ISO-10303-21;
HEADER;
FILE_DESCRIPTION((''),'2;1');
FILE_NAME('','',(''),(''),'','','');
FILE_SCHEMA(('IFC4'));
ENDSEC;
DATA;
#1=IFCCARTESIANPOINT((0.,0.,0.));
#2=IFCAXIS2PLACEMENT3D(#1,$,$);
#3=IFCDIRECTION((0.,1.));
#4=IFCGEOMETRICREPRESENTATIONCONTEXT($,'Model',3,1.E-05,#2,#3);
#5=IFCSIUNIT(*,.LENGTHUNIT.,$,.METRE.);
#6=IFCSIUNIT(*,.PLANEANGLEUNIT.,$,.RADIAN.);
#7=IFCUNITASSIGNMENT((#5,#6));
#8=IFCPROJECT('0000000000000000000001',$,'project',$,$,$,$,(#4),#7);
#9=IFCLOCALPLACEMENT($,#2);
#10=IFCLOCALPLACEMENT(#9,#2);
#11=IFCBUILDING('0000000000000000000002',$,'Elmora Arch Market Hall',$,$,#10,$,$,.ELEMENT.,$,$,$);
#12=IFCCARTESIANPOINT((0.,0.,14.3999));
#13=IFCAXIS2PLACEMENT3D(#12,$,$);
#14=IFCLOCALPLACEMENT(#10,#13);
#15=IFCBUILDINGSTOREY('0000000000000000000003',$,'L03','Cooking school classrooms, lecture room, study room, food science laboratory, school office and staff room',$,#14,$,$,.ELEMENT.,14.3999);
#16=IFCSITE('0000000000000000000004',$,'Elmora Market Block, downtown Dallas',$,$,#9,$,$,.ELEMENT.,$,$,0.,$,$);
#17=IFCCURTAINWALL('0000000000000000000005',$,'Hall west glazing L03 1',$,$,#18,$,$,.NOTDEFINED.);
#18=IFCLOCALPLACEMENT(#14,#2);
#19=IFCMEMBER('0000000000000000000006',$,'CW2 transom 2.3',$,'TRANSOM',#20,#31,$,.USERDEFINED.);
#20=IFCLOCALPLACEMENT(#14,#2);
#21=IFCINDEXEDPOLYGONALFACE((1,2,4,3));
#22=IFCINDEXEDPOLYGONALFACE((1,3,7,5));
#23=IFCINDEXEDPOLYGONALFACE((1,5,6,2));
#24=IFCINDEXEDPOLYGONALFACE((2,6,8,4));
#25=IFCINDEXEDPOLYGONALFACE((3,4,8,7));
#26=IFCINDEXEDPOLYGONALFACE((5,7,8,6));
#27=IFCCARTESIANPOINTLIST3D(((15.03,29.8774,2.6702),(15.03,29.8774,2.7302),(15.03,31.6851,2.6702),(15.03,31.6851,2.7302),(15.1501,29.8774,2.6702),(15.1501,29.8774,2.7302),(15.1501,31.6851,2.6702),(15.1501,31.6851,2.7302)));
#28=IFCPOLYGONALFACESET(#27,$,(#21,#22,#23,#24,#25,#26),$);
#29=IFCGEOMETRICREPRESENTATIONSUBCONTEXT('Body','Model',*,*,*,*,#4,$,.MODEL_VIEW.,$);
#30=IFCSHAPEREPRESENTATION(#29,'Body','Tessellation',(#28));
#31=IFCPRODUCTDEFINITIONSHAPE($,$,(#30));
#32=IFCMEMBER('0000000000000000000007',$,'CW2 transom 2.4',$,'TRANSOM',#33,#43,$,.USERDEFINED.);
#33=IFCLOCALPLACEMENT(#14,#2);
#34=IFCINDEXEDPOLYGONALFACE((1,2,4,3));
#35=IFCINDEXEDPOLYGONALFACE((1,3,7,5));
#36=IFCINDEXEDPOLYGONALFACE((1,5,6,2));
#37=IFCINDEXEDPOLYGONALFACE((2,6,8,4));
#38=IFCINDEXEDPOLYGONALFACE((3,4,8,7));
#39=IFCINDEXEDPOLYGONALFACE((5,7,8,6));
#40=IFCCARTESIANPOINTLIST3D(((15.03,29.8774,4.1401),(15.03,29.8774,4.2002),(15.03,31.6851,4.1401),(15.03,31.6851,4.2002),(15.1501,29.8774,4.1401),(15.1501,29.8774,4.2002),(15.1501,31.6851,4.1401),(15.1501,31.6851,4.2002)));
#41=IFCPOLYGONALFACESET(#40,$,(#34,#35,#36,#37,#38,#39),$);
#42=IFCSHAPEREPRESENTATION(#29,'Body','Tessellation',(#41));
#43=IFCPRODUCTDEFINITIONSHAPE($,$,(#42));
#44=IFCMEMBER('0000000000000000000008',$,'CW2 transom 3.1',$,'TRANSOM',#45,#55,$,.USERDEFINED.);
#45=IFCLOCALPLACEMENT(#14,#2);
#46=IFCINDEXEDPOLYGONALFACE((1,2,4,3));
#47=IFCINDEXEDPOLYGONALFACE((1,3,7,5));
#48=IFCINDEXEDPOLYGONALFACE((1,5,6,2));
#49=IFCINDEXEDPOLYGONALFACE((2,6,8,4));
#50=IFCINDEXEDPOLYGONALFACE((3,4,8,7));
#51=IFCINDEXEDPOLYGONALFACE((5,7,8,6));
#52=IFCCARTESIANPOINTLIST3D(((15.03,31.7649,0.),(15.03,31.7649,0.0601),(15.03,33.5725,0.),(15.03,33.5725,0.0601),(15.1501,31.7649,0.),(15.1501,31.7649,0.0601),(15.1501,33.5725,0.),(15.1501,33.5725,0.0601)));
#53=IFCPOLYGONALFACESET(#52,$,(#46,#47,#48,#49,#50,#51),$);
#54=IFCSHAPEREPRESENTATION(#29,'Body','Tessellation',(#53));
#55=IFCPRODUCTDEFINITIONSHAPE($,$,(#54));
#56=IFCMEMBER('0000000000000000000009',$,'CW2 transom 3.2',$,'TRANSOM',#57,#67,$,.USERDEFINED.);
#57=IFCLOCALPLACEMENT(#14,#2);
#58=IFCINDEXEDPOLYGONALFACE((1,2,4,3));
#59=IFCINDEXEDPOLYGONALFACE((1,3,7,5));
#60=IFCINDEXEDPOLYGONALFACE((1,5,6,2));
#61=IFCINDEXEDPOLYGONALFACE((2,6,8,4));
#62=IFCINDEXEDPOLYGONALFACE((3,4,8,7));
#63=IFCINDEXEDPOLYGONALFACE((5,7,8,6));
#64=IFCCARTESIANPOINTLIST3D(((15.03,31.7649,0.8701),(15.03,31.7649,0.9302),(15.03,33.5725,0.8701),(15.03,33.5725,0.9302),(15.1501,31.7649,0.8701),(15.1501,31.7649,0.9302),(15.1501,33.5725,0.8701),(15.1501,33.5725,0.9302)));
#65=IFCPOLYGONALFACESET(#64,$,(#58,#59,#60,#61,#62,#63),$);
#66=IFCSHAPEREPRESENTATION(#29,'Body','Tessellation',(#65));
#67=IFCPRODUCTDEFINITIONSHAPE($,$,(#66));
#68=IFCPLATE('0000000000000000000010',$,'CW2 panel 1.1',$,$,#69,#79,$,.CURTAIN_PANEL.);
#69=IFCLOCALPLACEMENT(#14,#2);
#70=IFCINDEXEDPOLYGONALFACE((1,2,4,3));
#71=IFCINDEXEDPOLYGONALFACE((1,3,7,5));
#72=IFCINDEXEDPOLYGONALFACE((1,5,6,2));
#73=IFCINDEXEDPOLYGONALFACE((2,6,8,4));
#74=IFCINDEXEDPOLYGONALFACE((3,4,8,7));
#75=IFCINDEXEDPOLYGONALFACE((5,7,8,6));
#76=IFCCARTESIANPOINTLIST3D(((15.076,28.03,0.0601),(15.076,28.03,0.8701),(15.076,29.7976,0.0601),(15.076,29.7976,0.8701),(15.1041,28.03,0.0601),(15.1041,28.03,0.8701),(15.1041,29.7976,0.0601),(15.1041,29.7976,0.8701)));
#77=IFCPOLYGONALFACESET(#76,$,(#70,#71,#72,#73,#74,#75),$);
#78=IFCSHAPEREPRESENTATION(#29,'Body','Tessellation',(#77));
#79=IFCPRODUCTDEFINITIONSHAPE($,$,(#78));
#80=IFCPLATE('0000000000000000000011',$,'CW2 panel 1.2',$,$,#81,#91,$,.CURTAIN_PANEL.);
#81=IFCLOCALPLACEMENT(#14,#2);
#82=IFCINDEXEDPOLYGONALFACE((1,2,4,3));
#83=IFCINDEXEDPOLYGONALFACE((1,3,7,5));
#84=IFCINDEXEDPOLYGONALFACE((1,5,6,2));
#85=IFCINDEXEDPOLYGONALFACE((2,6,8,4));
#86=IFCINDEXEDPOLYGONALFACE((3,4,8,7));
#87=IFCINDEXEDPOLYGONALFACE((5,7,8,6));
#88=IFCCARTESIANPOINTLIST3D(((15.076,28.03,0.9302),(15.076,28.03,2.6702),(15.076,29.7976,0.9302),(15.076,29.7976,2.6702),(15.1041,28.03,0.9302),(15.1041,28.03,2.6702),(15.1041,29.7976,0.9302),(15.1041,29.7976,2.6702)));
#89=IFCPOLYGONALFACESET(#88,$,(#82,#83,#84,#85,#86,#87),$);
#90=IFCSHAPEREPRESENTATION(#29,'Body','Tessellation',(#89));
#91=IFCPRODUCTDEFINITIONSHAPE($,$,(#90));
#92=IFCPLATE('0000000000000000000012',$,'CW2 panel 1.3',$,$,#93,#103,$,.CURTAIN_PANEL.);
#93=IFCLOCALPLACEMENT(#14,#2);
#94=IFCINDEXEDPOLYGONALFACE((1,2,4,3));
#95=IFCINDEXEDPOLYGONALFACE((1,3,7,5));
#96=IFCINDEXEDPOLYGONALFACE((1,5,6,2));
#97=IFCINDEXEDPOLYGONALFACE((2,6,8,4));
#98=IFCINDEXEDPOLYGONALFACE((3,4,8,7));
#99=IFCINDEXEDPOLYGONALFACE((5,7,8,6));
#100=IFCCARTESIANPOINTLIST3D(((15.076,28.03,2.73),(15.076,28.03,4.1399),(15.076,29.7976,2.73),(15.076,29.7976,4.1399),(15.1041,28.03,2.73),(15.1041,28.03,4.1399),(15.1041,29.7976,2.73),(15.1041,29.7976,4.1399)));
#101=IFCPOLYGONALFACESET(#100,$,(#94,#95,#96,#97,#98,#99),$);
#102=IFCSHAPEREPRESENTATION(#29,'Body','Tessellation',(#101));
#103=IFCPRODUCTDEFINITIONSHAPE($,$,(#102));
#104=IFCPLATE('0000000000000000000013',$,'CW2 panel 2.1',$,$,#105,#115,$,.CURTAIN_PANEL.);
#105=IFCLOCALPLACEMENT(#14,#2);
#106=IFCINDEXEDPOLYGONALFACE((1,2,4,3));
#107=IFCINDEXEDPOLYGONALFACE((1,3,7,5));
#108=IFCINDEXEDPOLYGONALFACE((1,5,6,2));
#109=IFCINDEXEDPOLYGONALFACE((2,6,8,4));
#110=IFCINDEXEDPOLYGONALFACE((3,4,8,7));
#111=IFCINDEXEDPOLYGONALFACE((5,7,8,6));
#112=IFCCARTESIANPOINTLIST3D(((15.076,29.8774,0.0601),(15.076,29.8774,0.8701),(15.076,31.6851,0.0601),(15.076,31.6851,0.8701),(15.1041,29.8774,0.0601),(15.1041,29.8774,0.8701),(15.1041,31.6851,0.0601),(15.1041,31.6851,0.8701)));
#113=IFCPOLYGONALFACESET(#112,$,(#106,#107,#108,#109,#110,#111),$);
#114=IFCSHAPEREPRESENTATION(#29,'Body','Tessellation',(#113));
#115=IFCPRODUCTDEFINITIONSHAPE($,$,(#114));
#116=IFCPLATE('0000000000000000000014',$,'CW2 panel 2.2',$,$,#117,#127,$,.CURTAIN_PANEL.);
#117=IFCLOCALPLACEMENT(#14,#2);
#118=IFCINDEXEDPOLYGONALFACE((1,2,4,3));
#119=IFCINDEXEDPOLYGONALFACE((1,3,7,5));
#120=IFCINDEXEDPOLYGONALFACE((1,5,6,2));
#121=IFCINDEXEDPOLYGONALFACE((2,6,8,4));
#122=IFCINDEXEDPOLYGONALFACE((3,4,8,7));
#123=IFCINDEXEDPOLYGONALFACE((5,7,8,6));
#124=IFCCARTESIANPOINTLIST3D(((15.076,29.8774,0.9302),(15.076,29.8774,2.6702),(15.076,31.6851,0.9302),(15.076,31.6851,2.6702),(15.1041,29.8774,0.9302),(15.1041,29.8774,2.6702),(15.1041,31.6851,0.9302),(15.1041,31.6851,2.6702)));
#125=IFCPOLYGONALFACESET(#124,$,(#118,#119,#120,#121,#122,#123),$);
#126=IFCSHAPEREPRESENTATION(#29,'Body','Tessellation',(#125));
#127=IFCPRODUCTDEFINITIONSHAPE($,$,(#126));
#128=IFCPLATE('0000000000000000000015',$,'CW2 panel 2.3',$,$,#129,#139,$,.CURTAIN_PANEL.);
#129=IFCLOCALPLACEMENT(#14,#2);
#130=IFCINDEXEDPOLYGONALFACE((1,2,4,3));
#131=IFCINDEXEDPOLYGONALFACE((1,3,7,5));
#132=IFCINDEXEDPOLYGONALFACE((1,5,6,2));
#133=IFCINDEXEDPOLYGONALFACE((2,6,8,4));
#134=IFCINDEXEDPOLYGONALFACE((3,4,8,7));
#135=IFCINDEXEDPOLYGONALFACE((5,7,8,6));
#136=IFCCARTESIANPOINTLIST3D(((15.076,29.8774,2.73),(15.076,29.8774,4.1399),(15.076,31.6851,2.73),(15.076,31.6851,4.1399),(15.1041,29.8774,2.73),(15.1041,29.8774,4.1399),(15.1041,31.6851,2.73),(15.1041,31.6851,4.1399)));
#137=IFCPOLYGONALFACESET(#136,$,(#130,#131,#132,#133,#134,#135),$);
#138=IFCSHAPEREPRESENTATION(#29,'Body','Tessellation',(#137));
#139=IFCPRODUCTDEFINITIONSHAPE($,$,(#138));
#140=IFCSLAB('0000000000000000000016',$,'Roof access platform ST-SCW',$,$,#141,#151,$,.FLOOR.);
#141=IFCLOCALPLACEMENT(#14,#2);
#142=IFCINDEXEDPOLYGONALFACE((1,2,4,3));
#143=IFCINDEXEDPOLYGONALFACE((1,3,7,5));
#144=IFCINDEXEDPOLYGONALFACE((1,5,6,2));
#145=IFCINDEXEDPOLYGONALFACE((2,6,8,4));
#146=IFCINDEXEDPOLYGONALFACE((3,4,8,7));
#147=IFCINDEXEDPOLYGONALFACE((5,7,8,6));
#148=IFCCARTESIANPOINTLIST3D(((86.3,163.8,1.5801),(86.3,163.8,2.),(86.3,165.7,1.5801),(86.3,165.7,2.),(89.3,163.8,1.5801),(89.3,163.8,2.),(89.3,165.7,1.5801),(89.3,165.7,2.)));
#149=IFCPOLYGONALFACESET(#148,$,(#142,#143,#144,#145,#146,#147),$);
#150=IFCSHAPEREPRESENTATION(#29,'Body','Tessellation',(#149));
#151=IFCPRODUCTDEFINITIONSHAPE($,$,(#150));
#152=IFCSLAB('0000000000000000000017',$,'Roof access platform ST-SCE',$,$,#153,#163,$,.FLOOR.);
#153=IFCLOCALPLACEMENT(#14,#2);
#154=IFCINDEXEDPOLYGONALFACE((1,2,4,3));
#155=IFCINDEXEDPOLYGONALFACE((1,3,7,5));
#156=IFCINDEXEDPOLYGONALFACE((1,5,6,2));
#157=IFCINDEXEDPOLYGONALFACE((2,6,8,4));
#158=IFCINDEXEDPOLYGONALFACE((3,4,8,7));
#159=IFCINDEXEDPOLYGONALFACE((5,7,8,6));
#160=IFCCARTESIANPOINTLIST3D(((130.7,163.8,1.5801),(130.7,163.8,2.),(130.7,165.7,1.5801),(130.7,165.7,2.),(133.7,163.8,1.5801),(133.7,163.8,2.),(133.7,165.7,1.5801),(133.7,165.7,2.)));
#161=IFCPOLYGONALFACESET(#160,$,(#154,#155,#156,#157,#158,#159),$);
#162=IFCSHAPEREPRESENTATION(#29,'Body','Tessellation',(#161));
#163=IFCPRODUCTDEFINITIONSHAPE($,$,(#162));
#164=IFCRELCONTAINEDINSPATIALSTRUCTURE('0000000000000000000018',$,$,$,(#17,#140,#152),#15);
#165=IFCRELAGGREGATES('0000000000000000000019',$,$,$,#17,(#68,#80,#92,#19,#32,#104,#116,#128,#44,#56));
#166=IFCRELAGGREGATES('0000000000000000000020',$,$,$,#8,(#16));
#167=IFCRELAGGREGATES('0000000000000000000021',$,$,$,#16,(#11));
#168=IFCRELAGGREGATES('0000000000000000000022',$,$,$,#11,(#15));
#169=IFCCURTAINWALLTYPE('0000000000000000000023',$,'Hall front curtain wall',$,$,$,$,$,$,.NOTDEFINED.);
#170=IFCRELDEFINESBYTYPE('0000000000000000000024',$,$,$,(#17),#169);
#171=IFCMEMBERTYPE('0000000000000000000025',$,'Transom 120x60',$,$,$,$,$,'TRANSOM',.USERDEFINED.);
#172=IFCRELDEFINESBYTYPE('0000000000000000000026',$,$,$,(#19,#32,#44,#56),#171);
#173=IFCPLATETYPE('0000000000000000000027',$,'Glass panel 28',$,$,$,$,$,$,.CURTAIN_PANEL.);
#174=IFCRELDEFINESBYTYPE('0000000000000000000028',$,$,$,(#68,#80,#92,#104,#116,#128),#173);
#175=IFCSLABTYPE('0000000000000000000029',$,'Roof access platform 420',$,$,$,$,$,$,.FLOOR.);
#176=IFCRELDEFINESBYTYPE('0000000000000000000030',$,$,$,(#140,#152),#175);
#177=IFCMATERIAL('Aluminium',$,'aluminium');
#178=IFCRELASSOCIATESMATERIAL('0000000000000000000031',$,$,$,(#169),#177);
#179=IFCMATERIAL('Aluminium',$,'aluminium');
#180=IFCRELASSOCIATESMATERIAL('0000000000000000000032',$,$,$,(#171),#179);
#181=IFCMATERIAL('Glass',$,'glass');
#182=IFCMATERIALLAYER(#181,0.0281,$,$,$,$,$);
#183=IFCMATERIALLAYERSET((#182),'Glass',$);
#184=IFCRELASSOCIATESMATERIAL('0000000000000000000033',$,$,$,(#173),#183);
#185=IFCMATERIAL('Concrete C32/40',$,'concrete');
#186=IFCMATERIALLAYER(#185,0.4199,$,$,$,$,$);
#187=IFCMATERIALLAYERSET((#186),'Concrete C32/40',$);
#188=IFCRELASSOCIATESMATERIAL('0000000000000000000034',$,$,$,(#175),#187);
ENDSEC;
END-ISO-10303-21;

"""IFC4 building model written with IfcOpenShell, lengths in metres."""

from ifc_helpers import new_model, si_unit, direction, frame, origin, origin_2d, place, context, subcontext, project, spatial, polyline, rectangle, outline, extrude, material, layer, layer_set, material_profile, profile_set, type_object, element, aggregate, save


model = new_model("IFC4")

# Units and contexts
model_context = context("Model", 3, precision=1e-05, world=origin(), true_north=direction((0.0, 1.0)))
body_context = subcontext(model_context, "Body", "Model", "MODEL_VIEW")
ifc_project = project(units=[si_unit("LENGTHUNIT", "METRE"), si_unit("PLANEANGLEUNIT", "RADIAN")], contexts=[model_context])

# Site, building, storey
site_placement = place(None, origin())
site = spatial("IfcSite", under=ifc_project, at=site_placement, Name="Elmora Market Block, downtown Dallas", CompositionType="ELEMENT", RefElevation=0.0)
building_placement = place(site_placement, origin())
building = spatial("IfcBuilding", under=site, at=building_placement, Name="Elmora Arch Market Hall", CompositionType="ELEMENT")
storey_placement = place(building_placement, frame((0.0, 0.0, 14.3999)))
storey = spatial("IfcBuildingStorey", under=building, at=storey_placement, Name="L03", Description="Cooking school classrooms, lecture room, study room, food science laboratory, school office and staff room", CompositionType="ELEMENT", Elevation=14.3999)

# Curtain wall
ifc_material_1 = material(Name="Aluminium", Category="aluminium")
curtain_wall_type = type_object("IfcCurtainWallType", Name="Hall front curtain wall", PredefinedType="NOTDEFINED", material=ifc_material_1)
curtain_wall_placement = place(storey_placement, origin())
curtain_wall = element("IfcCurtainWall", 1, at=curtain_wall_placement, inside=storey, type_object=curtain_wall_type, Name="Hall west glazing L03 1", PredefinedType="NOTDEFINED")

# Members
ifc_material_2 = material(Name="Aluminium", Category="aluminium")
ifc_material_profile_1 = material_profile(ifc_material_2, rectangle(XDim=0.1201, YDim=0.0601, at=origin_2d()), Name="AL 120x60")
ifc_profile_set_1 = profile_set([ifc_material_profile_1], Name="Aluminium")
member_type_1 = type_object("IfcMemberType", Name="Transom 120x60", ElementType="TRANSOM", PredefinedType="USERDEFINED", material=ifc_profile_set_1)
member_1_placement = place(storey_placement, frame((15.0901, 29.8774, 2.7002), z_axis=(0.0, 1.0, 0.0), x_axis=(-1.0, 0.0, 0.0)))
member_1 = element("IfcMember", 2, at=member_1_placement, type_object=member_type_1, Name="CW2 transom 2.3", ObjectType="TRANSOM", PredefinedType="USERDEFINED", context=body_context, shape_type="SweptSolid", body=[
    extrude(rectangle(XDim=0.1201, YDim=0.0601, at=origin_2d()), origin(), (0.0, 0.0, 1.0), 1.8076),
])
member_2_placement = place(storey_placement, frame((15.0901, 29.8774, 4.1702), z_axis=(0.0, 1.0, 0.0), x_axis=(-1.0, 0.0, 0.0)))
member_2 = element("IfcMember", 3, at=member_2_placement, type_object=member_type_1, Name="CW2 transom 2.4", ObjectType="TRANSOM", PredefinedType="USERDEFINED", context=body_context, shape_type="SweptSolid", body=[
    extrude(rectangle(XDim=0.1201, YDim=0.0601, at=origin_2d()), origin(), (0.0, 0.0, 1.0), 1.8076),
])
member_3_placement = place(storey_placement, frame((15.0901, 31.7649, 0.03), z_axis=(0.0, 1.0, 0.0), x_axis=(-1.0, 0.0, 0.0)))
member_3 = element("IfcMember", 4, at=member_3_placement, type_object=member_type_1, Name="CW2 transom 3.1", ObjectType="TRANSOM", PredefinedType="USERDEFINED", context=body_context, shape_type="SweptSolid", body=[
    extrude(rectangle(XDim=0.1201, YDim=0.0601, at=origin_2d()), origin(), (0.0, 0.0, 1.0), 1.8076),
])
member_4_placement = place(storey_placement, frame((15.0901, 31.7649, 0.9001), z_axis=(0.0, 1.0, 0.0), x_axis=(-1.0, 0.0, 0.0)))
member_4 = element("IfcMember", 5, at=member_4_placement, type_object=member_type_1, Name="CW2 transom 3.2", ObjectType="TRANSOM", PredefinedType="USERDEFINED", context=body_context, shape_type="SweptSolid", body=[
    extrude(rectangle(XDim=0.1201, YDim=0.0601, at=origin_2d()), origin(), (0.0, 0.0, 1.0), 1.8076),
])

# Plates
ifc_material_3 = material(Name="Glass", Category="glass")
ifc_layer_1 = layer(ifc_material_3, 0.0281)
ifc_layer_set_1 = layer_set([ifc_layer_1], Name="Glass")
plate_type = type_object("IfcPlateType", Name="Glass panel 28", PredefinedType="CURTAIN_PANEL", material=ifc_layer_set_1)
plate_1_placement = place(storey_placement, frame((15.0901, 28.9138, 0.0601), z_axis=(0.0, 0.0, 1.0), x_axis=(0.0, 1.0, 0.0)))
plate_1 = element("IfcPlate", 6, at=plate_1_placement, type_object=plate_type, Name="CW2 panel 1.1", PredefinedType="CURTAIN_PANEL", context=body_context, shape_type="SweptSolid", body=[
    extrude(rectangle(XDim=1.7676, YDim=0.0281, at=origin_2d()), origin(), (0.0, 0.0, 1.0), 0.8101),
])
plate_2_placement = place(storey_placement, frame((15.0901, 28.9138, 0.9302), z_axis=(0.0, 0.0, 1.0), x_axis=(0.0, 1.0, 0.0)))
plate_2 = element("IfcPlate", 7, at=plate_2_placement, type_object=plate_type, Name="CW2 panel 1.2", PredefinedType="CURTAIN_PANEL", context=body_context, shape_type="SweptSolid", body=[
    extrude(rectangle(XDim=1.7676, YDim=0.0281, at=origin_2d()), origin(), (0.0, 0.0, 1.0), 1.74),
])
plate_3_placement = place(storey_placement, frame((15.0901, 28.9138, 2.73), z_axis=(0.0, 0.0, 1.0), x_axis=(0.0, 1.0, 0.0)))
plate_3 = element("IfcPlate", 8, at=plate_3_placement, type_object=plate_type, Name="CW2 panel 1.3", PredefinedType="CURTAIN_PANEL", context=body_context, shape_type="SweptSolid", body=[
    extrude(rectangle(XDim=1.7676, YDim=0.0281, at=origin_2d()), origin(), (0.0, 0.0, 1.0), 1.4099),
])
plate_4_placement = place(storey_placement, frame((15.0901, 30.7812, 0.0601), z_axis=(0.0, 0.0, 1.0), x_axis=(0.0, 1.0, 0.0)))
plate_4 = element("IfcPlate", 9, at=plate_4_placement, type_object=plate_type, Name="CW2 panel 2.1", PredefinedType="CURTAIN_PANEL", context=body_context, shape_type="SweptSolid", body=[
    extrude(rectangle(XDim=1.8076, YDim=0.0281, at=origin_2d()), origin(), (0.0, 0.0, 1.0), 0.8101),
])
plate_5_placement = place(storey_placement, frame((15.0901, 30.7812, 0.9302), z_axis=(0.0, 0.0, 1.0), x_axis=(0.0, 1.0, 0.0)))
plate_5 = element("IfcPlate", 10, at=plate_5_placement, type_object=plate_type, Name="CW2 panel 2.2", PredefinedType="CURTAIN_PANEL", context=body_context, shape_type="SweptSolid", body=[
    extrude(rectangle(XDim=1.8076, YDim=0.0281, at=origin_2d()), origin(), (0.0, 0.0, 1.0), 1.74),
])
plate_6_placement = place(storey_placement, frame((15.0901, 30.7812, 2.73), z_axis=(0.0, 0.0, 1.0), x_axis=(0.0, 1.0, 0.0)))
plate_6 = element("IfcPlate", 11, at=plate_6_placement, type_object=plate_type, Name="CW2 panel 2.3", PredefinedType="CURTAIN_PANEL", context=body_context, shape_type="SweptSolid", body=[
    extrude(rectangle(XDim=1.8076, YDim=0.0281, at=origin_2d()), origin(), (0.0, 0.0, 1.0), 1.4099),
])
aggregate(curtain_wall, [plate_1, plate_2, plate_3, member_1, member_2, plate_4, plate_5, plate_6, member_3, member_4])

# Slabs
ifc_material_4 = material(Name="Concrete C32/40", Category="concrete")
ifc_layer_2 = layer(ifc_material_4, 0.4199)
ifc_layer_set_2 = layer_set([ifc_layer_2], Name="Concrete C32/40")
slab_type_1 = type_object("IfcSlabType", Name="Roof access platform 420", PredefinedType="FLOOR", material=ifc_layer_set_2)
slab_1_placement = place(storey_placement, frame((0.0, 0.0, 1.5801)))
element("IfcSlab", 12, at=slab_1_placement, inside=storey, type_object=slab_type_1, Name="Roof access platform ST-SCW", PredefinedType="FLOOR", context=body_context, shape_type="SweptSolid", body=[
    extrude(outline(polyline([(86.3, 163.8), (89.3, 163.8), (89.3, 165.7), (86.3, 165.7), (86.3, 163.8)])), origin(), (0.0, 0.0, 1.0), 0.4199),
])
slab_2_placement = place(storey_placement, frame((0.0, 0.0, 1.5801)))
element("IfcSlab", 13, at=slab_2_placement, inside=storey, type_object=slab_type_1, Name="Roof access platform ST-SCE", PredefinedType="FLOOR", context=body_context, shape_type="SweptSolid", body=[
    extrude(outline(polyline([(130.7, 163.8), (133.7, 163.8), (133.7, 165.7), (130.7, 165.7), (130.7, 163.8)])), origin(), (0.0, 0.0, 1.0), 0.4199),
])

save(model, "model.ifc")
